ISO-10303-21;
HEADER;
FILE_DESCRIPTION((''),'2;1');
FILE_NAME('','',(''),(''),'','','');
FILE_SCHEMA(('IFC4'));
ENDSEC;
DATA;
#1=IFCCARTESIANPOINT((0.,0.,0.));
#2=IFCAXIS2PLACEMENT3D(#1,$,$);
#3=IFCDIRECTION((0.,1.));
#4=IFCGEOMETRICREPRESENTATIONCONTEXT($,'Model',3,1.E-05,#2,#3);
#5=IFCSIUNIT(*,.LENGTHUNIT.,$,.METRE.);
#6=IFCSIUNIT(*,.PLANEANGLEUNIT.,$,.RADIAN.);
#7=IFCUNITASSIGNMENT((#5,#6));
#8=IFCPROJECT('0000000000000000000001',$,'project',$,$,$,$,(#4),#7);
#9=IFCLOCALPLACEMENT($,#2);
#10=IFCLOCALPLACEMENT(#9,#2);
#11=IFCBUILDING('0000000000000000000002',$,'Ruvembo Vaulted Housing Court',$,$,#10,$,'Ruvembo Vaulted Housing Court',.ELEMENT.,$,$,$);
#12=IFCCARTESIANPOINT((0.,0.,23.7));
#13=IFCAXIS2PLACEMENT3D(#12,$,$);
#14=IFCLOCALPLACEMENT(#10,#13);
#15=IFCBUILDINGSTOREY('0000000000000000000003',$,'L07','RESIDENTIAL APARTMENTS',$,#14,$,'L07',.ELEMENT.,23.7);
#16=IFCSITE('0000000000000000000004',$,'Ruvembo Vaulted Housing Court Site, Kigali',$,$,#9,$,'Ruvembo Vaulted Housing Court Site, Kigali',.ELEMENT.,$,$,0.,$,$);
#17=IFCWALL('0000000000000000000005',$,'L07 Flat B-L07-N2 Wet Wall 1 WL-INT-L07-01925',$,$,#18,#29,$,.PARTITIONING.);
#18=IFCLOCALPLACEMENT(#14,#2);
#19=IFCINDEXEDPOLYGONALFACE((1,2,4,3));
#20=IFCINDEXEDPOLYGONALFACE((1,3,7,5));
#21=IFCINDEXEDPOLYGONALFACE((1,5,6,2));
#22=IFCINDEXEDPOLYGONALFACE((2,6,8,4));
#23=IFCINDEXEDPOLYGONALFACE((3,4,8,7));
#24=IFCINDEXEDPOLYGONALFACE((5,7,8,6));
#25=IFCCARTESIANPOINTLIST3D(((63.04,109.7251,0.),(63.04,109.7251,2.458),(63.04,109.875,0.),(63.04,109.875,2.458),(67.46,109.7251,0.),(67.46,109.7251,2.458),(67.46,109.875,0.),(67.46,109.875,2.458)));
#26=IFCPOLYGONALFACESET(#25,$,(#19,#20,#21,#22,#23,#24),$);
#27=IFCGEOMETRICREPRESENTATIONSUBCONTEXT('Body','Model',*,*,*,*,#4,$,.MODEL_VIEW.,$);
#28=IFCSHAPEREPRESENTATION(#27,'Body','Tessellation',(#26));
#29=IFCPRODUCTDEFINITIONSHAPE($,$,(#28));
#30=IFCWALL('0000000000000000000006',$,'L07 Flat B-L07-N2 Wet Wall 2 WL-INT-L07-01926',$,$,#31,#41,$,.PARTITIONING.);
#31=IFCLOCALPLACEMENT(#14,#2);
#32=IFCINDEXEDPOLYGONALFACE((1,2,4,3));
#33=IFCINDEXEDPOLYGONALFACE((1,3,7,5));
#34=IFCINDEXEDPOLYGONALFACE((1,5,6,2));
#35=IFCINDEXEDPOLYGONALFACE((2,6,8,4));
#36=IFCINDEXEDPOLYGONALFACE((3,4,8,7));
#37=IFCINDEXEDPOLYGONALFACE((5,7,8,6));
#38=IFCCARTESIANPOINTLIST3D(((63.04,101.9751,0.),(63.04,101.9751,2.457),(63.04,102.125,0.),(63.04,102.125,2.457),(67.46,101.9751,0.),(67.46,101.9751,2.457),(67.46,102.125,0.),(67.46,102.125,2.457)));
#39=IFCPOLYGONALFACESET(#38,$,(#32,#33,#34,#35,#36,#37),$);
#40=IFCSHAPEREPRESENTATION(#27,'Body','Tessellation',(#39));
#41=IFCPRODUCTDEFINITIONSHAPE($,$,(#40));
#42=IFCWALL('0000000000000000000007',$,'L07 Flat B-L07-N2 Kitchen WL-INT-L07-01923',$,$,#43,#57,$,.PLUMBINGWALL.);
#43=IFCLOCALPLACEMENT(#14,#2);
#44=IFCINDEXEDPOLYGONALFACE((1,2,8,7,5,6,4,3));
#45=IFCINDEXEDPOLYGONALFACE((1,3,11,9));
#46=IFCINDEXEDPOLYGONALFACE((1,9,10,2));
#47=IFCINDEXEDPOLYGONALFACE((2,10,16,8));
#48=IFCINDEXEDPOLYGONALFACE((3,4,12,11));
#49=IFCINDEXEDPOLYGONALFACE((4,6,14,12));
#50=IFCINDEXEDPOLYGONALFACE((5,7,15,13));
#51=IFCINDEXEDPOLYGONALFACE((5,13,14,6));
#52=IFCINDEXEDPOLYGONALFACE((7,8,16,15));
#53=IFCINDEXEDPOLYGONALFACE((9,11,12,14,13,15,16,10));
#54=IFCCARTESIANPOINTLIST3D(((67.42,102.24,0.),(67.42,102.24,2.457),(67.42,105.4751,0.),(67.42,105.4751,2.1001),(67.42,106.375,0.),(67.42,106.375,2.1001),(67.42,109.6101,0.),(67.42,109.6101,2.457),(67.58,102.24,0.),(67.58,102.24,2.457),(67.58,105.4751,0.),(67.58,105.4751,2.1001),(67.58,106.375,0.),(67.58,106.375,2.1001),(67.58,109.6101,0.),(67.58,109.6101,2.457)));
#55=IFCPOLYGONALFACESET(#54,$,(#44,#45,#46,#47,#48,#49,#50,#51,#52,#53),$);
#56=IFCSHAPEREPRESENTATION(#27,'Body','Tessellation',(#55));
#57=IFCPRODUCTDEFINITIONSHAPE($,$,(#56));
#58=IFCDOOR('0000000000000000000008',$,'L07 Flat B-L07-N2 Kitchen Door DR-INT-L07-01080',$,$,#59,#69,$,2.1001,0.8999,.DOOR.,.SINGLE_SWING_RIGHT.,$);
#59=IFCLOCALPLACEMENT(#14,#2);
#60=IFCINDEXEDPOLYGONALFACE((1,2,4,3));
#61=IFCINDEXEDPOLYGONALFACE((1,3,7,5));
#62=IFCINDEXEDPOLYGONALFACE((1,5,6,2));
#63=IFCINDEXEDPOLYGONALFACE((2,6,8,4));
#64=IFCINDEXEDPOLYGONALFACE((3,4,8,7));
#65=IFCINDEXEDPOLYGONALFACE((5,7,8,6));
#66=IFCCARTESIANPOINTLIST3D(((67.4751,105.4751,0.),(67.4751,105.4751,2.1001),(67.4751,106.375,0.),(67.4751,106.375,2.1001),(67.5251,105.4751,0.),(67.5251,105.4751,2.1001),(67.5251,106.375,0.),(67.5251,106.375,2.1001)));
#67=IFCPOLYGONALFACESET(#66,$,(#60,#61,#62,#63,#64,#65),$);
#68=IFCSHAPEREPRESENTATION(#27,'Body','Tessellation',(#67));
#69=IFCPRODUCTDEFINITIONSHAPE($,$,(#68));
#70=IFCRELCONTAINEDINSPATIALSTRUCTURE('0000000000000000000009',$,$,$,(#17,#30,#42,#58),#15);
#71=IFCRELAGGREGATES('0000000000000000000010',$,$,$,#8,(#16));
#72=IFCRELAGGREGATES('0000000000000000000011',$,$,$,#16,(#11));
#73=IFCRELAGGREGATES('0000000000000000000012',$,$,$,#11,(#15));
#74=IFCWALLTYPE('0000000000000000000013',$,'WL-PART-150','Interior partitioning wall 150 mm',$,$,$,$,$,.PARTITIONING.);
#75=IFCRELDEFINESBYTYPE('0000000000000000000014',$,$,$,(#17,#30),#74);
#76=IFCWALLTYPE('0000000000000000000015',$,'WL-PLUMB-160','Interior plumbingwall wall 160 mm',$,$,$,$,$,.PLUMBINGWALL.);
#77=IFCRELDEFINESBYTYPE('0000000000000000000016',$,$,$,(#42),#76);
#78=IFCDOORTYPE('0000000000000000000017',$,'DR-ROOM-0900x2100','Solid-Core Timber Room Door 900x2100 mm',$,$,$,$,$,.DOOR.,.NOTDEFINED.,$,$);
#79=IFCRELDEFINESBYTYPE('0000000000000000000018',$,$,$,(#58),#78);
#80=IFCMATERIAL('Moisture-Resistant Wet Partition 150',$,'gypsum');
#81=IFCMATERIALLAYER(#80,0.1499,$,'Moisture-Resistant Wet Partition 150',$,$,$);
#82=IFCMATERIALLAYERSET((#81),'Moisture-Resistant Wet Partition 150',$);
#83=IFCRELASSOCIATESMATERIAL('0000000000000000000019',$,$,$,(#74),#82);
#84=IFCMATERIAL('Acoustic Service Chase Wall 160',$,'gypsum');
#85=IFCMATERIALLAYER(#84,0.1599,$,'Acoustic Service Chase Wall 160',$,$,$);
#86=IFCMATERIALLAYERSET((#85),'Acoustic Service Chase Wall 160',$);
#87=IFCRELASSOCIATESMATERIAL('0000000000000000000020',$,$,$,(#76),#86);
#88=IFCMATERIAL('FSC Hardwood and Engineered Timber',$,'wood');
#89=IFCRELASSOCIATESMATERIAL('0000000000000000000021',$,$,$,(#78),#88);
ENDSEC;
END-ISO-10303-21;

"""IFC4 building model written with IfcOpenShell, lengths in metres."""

from ifc_helpers import new_model, si_unit, direction, frame, frame_2d, origin, place, context, subcontext, project, spatial, rectangle, extrude, material, layer, layer_set, type_object, element, fill, save


model = new_model("IFC4")

# Units and contexts
model_context = context("Model", 3, precision=1e-05, world=origin(), true_north=direction((0.0, 1.0)))
body_context = subcontext(model_context, "Body", "Model", "MODEL_VIEW")
ifc_project = project(units=[si_unit("LENGTHUNIT", "METRE"), si_unit("PLANEANGLEUNIT", "RADIAN")], contexts=[model_context])

# Site, building, storey
site_placement = place(None, origin())
site = spatial("IfcSite", under=ifc_project, at=site_placement, Name="Ruvembo Vaulted Housing Court Site, Kigali", LongName="Ruvembo Vaulted Housing Court Site, Kigali", CompositionType="ELEMENT", RefElevation=0.0)
building_placement = place(site_placement, origin())
building = spatial("IfcBuilding", under=site, at=building_placement, Name="Ruvembo Vaulted Housing Court", LongName="Ruvembo Vaulted Housing Court", CompositionType="ELEMENT")
storey_placement = place(building_placement, frame((0.0, 0.0, 23.7)))
storey = spatial("IfcBuildingStorey", under=building, at=storey_placement, Name="L07", Description="RESIDENTIAL APARTMENTS", LongName="L07", CompositionType="ELEMENT", Elevation=23.7)

# Shared definitions
ifc_material_1 = material(Name="FSC Hardwood and Engineered Timber", Category="wood")

# Walls
ifc_material_2 = material(Name="Moisture-Resistant Wet Partition 150", Category="gypsum")
ifc_layer_1 = layer(ifc_material_2, 0.1499, Name="Moisture-Resistant Wet Partition 150")
ifc_layer_set_1 = layer_set([ifc_layer_1], Name="Moisture-Resistant Wet Partition 150")
wall_type_1 = type_object("IfcWallType", Name="WL-PART-150", Description="Interior partitioning wall 150 mm", PredefinedType="PARTITIONING", material=ifc_layer_set_1)
wall_1_placement = place(storey_placement, frame((63.04, 109.8, 0.0), z_axis=(0.0, 0.0, 1.0), x_axis=(1.0, 0.0, 0.0)))
element("IfcWall", 1, at=wall_1_placement, inside=storey, type_object=wall_type_1, Name="L07 Flat B-L07-N2 Wet Wall 1 WL-INT-L07-01925", PredefinedType="PARTITIONING", context=body_context, shape_type="SweptSolid", body=[
    extrude(rectangle(XDim=4.4199, YDim=0.1499, at=frame_2d((2.21, 0.0))), origin(), (0.0, 0.0, 1.0), 2.458),
])
wall_2_placement = place(storey_placement, frame((63.04, 102.05, 0.0), z_axis=(0.0, 0.0, 1.0), x_axis=(1.0, 0.0, 0.0)))
element("IfcWall", 2, at=wall_2_placement, inside=storey, type_object=wall_type_1, Name="L07 Flat B-L07-N2 Wet Wall 2 WL-INT-L07-01926", PredefinedType="PARTITIONING", context=body_context, shape_type="SweptSolid", body=[
    extrude(rectangle(XDim=4.4199, YDim=0.1499, at=frame_2d((2.21, 0.0))), origin(), (0.0, 0.0, 1.0), 2.457),
])

# Wall, opening, door
ifc_material_3 = material(Name="Acoustic Service Chase Wall 160", Category="gypsum")
ifc_layer_2 = layer(ifc_material_3, 0.1599, Name="Acoustic Service Chase Wall 160")
ifc_layer_set_2 = layer_set([ifc_layer_2], Name="Acoustic Service Chase Wall 160")
wall_type_2 = type_object("IfcWallType", Name="WL-PLUMB-160", Description="Interior plumbingwall wall 160 mm", PredefinedType="PLUMBINGWALL", material=ifc_layer_set_2)
wall_3_placement = place(storey_placement, frame((67.5, 102.24, 0.0), z_axis=(0.0, 0.0, 1.0), x_axis=(0.0, 1.0, 0.0)))
wall_3 = element("IfcWall", 3, at=wall_3_placement, inside=storey, type_object=wall_type_2, Name="L07 Flat B-L07-N2 Kitchen WL-INT-L07-01923", PredefinedType="PLUMBINGWALL", context=body_context, shape_type="SweptSolid", body=[
    extrude(rectangle(XDim=7.3701, YDim=0.1599, at=frame_2d((3.6851, 0.0))), origin(), (0.0, 0.0, 1.0), 2.457),
])
opening_1_placement = place(wall_3_placement, frame((3.2351, 0.0, 0.0)))
opening_1 = element("IfcOpeningElement", 4, at=opening_1_placement, cuts=wall_3, PredefinedType="OPENING", context=body_context, shape_type="SweptSolid", body=[
    extrude(rectangle(XDim=0.8999, YDim=2.1001, at=frame_2d((0.45, 1.05))), frame((0.0, 0.0898, 0.0), z_axis=(0.0, -1.0, 0.0), x_axis=(1.0, 0.0, 0.0)), (0.0, 0.0, 1.0), 0.1799),
])
door_type_1 = type_object("IfcDoorType", Name="DR-ROOM-0900x2100", Description="Solid-Core Timber Room Door 900x2100 mm", OperationType="NOTDEFINED", PredefinedType="DOOR", material=ifc_material_1)
door_1_placement = place(opening_1_placement, origin())
door_1 = element("IfcDoor", 5, at=door_1_placement, inside=storey, type_object=door_type_1, Name="L07 Flat B-L07-N2 Kitchen Door DR-INT-L07-01080", OperationType="SINGLE_SWING_RIGHT", OverallHeight=2.1001, OverallWidth=0.8999, PredefinedType="DOOR", context=body_context, shape_type="SweptSolid", body=[
    extrude(rectangle(XDim=0.8999, YDim=2.1001, at=frame_2d((0.45, 1.05))), frame((0.0, 0.0249, 0.0), z_axis=(0.0, -1.0, 0.0), x_axis=(1.0, 0.0, 0.0)), (0.0, 0.0, 1.0), 0.05),
])
fill(opening_1, door_1)

save(model, "model.ifc")
